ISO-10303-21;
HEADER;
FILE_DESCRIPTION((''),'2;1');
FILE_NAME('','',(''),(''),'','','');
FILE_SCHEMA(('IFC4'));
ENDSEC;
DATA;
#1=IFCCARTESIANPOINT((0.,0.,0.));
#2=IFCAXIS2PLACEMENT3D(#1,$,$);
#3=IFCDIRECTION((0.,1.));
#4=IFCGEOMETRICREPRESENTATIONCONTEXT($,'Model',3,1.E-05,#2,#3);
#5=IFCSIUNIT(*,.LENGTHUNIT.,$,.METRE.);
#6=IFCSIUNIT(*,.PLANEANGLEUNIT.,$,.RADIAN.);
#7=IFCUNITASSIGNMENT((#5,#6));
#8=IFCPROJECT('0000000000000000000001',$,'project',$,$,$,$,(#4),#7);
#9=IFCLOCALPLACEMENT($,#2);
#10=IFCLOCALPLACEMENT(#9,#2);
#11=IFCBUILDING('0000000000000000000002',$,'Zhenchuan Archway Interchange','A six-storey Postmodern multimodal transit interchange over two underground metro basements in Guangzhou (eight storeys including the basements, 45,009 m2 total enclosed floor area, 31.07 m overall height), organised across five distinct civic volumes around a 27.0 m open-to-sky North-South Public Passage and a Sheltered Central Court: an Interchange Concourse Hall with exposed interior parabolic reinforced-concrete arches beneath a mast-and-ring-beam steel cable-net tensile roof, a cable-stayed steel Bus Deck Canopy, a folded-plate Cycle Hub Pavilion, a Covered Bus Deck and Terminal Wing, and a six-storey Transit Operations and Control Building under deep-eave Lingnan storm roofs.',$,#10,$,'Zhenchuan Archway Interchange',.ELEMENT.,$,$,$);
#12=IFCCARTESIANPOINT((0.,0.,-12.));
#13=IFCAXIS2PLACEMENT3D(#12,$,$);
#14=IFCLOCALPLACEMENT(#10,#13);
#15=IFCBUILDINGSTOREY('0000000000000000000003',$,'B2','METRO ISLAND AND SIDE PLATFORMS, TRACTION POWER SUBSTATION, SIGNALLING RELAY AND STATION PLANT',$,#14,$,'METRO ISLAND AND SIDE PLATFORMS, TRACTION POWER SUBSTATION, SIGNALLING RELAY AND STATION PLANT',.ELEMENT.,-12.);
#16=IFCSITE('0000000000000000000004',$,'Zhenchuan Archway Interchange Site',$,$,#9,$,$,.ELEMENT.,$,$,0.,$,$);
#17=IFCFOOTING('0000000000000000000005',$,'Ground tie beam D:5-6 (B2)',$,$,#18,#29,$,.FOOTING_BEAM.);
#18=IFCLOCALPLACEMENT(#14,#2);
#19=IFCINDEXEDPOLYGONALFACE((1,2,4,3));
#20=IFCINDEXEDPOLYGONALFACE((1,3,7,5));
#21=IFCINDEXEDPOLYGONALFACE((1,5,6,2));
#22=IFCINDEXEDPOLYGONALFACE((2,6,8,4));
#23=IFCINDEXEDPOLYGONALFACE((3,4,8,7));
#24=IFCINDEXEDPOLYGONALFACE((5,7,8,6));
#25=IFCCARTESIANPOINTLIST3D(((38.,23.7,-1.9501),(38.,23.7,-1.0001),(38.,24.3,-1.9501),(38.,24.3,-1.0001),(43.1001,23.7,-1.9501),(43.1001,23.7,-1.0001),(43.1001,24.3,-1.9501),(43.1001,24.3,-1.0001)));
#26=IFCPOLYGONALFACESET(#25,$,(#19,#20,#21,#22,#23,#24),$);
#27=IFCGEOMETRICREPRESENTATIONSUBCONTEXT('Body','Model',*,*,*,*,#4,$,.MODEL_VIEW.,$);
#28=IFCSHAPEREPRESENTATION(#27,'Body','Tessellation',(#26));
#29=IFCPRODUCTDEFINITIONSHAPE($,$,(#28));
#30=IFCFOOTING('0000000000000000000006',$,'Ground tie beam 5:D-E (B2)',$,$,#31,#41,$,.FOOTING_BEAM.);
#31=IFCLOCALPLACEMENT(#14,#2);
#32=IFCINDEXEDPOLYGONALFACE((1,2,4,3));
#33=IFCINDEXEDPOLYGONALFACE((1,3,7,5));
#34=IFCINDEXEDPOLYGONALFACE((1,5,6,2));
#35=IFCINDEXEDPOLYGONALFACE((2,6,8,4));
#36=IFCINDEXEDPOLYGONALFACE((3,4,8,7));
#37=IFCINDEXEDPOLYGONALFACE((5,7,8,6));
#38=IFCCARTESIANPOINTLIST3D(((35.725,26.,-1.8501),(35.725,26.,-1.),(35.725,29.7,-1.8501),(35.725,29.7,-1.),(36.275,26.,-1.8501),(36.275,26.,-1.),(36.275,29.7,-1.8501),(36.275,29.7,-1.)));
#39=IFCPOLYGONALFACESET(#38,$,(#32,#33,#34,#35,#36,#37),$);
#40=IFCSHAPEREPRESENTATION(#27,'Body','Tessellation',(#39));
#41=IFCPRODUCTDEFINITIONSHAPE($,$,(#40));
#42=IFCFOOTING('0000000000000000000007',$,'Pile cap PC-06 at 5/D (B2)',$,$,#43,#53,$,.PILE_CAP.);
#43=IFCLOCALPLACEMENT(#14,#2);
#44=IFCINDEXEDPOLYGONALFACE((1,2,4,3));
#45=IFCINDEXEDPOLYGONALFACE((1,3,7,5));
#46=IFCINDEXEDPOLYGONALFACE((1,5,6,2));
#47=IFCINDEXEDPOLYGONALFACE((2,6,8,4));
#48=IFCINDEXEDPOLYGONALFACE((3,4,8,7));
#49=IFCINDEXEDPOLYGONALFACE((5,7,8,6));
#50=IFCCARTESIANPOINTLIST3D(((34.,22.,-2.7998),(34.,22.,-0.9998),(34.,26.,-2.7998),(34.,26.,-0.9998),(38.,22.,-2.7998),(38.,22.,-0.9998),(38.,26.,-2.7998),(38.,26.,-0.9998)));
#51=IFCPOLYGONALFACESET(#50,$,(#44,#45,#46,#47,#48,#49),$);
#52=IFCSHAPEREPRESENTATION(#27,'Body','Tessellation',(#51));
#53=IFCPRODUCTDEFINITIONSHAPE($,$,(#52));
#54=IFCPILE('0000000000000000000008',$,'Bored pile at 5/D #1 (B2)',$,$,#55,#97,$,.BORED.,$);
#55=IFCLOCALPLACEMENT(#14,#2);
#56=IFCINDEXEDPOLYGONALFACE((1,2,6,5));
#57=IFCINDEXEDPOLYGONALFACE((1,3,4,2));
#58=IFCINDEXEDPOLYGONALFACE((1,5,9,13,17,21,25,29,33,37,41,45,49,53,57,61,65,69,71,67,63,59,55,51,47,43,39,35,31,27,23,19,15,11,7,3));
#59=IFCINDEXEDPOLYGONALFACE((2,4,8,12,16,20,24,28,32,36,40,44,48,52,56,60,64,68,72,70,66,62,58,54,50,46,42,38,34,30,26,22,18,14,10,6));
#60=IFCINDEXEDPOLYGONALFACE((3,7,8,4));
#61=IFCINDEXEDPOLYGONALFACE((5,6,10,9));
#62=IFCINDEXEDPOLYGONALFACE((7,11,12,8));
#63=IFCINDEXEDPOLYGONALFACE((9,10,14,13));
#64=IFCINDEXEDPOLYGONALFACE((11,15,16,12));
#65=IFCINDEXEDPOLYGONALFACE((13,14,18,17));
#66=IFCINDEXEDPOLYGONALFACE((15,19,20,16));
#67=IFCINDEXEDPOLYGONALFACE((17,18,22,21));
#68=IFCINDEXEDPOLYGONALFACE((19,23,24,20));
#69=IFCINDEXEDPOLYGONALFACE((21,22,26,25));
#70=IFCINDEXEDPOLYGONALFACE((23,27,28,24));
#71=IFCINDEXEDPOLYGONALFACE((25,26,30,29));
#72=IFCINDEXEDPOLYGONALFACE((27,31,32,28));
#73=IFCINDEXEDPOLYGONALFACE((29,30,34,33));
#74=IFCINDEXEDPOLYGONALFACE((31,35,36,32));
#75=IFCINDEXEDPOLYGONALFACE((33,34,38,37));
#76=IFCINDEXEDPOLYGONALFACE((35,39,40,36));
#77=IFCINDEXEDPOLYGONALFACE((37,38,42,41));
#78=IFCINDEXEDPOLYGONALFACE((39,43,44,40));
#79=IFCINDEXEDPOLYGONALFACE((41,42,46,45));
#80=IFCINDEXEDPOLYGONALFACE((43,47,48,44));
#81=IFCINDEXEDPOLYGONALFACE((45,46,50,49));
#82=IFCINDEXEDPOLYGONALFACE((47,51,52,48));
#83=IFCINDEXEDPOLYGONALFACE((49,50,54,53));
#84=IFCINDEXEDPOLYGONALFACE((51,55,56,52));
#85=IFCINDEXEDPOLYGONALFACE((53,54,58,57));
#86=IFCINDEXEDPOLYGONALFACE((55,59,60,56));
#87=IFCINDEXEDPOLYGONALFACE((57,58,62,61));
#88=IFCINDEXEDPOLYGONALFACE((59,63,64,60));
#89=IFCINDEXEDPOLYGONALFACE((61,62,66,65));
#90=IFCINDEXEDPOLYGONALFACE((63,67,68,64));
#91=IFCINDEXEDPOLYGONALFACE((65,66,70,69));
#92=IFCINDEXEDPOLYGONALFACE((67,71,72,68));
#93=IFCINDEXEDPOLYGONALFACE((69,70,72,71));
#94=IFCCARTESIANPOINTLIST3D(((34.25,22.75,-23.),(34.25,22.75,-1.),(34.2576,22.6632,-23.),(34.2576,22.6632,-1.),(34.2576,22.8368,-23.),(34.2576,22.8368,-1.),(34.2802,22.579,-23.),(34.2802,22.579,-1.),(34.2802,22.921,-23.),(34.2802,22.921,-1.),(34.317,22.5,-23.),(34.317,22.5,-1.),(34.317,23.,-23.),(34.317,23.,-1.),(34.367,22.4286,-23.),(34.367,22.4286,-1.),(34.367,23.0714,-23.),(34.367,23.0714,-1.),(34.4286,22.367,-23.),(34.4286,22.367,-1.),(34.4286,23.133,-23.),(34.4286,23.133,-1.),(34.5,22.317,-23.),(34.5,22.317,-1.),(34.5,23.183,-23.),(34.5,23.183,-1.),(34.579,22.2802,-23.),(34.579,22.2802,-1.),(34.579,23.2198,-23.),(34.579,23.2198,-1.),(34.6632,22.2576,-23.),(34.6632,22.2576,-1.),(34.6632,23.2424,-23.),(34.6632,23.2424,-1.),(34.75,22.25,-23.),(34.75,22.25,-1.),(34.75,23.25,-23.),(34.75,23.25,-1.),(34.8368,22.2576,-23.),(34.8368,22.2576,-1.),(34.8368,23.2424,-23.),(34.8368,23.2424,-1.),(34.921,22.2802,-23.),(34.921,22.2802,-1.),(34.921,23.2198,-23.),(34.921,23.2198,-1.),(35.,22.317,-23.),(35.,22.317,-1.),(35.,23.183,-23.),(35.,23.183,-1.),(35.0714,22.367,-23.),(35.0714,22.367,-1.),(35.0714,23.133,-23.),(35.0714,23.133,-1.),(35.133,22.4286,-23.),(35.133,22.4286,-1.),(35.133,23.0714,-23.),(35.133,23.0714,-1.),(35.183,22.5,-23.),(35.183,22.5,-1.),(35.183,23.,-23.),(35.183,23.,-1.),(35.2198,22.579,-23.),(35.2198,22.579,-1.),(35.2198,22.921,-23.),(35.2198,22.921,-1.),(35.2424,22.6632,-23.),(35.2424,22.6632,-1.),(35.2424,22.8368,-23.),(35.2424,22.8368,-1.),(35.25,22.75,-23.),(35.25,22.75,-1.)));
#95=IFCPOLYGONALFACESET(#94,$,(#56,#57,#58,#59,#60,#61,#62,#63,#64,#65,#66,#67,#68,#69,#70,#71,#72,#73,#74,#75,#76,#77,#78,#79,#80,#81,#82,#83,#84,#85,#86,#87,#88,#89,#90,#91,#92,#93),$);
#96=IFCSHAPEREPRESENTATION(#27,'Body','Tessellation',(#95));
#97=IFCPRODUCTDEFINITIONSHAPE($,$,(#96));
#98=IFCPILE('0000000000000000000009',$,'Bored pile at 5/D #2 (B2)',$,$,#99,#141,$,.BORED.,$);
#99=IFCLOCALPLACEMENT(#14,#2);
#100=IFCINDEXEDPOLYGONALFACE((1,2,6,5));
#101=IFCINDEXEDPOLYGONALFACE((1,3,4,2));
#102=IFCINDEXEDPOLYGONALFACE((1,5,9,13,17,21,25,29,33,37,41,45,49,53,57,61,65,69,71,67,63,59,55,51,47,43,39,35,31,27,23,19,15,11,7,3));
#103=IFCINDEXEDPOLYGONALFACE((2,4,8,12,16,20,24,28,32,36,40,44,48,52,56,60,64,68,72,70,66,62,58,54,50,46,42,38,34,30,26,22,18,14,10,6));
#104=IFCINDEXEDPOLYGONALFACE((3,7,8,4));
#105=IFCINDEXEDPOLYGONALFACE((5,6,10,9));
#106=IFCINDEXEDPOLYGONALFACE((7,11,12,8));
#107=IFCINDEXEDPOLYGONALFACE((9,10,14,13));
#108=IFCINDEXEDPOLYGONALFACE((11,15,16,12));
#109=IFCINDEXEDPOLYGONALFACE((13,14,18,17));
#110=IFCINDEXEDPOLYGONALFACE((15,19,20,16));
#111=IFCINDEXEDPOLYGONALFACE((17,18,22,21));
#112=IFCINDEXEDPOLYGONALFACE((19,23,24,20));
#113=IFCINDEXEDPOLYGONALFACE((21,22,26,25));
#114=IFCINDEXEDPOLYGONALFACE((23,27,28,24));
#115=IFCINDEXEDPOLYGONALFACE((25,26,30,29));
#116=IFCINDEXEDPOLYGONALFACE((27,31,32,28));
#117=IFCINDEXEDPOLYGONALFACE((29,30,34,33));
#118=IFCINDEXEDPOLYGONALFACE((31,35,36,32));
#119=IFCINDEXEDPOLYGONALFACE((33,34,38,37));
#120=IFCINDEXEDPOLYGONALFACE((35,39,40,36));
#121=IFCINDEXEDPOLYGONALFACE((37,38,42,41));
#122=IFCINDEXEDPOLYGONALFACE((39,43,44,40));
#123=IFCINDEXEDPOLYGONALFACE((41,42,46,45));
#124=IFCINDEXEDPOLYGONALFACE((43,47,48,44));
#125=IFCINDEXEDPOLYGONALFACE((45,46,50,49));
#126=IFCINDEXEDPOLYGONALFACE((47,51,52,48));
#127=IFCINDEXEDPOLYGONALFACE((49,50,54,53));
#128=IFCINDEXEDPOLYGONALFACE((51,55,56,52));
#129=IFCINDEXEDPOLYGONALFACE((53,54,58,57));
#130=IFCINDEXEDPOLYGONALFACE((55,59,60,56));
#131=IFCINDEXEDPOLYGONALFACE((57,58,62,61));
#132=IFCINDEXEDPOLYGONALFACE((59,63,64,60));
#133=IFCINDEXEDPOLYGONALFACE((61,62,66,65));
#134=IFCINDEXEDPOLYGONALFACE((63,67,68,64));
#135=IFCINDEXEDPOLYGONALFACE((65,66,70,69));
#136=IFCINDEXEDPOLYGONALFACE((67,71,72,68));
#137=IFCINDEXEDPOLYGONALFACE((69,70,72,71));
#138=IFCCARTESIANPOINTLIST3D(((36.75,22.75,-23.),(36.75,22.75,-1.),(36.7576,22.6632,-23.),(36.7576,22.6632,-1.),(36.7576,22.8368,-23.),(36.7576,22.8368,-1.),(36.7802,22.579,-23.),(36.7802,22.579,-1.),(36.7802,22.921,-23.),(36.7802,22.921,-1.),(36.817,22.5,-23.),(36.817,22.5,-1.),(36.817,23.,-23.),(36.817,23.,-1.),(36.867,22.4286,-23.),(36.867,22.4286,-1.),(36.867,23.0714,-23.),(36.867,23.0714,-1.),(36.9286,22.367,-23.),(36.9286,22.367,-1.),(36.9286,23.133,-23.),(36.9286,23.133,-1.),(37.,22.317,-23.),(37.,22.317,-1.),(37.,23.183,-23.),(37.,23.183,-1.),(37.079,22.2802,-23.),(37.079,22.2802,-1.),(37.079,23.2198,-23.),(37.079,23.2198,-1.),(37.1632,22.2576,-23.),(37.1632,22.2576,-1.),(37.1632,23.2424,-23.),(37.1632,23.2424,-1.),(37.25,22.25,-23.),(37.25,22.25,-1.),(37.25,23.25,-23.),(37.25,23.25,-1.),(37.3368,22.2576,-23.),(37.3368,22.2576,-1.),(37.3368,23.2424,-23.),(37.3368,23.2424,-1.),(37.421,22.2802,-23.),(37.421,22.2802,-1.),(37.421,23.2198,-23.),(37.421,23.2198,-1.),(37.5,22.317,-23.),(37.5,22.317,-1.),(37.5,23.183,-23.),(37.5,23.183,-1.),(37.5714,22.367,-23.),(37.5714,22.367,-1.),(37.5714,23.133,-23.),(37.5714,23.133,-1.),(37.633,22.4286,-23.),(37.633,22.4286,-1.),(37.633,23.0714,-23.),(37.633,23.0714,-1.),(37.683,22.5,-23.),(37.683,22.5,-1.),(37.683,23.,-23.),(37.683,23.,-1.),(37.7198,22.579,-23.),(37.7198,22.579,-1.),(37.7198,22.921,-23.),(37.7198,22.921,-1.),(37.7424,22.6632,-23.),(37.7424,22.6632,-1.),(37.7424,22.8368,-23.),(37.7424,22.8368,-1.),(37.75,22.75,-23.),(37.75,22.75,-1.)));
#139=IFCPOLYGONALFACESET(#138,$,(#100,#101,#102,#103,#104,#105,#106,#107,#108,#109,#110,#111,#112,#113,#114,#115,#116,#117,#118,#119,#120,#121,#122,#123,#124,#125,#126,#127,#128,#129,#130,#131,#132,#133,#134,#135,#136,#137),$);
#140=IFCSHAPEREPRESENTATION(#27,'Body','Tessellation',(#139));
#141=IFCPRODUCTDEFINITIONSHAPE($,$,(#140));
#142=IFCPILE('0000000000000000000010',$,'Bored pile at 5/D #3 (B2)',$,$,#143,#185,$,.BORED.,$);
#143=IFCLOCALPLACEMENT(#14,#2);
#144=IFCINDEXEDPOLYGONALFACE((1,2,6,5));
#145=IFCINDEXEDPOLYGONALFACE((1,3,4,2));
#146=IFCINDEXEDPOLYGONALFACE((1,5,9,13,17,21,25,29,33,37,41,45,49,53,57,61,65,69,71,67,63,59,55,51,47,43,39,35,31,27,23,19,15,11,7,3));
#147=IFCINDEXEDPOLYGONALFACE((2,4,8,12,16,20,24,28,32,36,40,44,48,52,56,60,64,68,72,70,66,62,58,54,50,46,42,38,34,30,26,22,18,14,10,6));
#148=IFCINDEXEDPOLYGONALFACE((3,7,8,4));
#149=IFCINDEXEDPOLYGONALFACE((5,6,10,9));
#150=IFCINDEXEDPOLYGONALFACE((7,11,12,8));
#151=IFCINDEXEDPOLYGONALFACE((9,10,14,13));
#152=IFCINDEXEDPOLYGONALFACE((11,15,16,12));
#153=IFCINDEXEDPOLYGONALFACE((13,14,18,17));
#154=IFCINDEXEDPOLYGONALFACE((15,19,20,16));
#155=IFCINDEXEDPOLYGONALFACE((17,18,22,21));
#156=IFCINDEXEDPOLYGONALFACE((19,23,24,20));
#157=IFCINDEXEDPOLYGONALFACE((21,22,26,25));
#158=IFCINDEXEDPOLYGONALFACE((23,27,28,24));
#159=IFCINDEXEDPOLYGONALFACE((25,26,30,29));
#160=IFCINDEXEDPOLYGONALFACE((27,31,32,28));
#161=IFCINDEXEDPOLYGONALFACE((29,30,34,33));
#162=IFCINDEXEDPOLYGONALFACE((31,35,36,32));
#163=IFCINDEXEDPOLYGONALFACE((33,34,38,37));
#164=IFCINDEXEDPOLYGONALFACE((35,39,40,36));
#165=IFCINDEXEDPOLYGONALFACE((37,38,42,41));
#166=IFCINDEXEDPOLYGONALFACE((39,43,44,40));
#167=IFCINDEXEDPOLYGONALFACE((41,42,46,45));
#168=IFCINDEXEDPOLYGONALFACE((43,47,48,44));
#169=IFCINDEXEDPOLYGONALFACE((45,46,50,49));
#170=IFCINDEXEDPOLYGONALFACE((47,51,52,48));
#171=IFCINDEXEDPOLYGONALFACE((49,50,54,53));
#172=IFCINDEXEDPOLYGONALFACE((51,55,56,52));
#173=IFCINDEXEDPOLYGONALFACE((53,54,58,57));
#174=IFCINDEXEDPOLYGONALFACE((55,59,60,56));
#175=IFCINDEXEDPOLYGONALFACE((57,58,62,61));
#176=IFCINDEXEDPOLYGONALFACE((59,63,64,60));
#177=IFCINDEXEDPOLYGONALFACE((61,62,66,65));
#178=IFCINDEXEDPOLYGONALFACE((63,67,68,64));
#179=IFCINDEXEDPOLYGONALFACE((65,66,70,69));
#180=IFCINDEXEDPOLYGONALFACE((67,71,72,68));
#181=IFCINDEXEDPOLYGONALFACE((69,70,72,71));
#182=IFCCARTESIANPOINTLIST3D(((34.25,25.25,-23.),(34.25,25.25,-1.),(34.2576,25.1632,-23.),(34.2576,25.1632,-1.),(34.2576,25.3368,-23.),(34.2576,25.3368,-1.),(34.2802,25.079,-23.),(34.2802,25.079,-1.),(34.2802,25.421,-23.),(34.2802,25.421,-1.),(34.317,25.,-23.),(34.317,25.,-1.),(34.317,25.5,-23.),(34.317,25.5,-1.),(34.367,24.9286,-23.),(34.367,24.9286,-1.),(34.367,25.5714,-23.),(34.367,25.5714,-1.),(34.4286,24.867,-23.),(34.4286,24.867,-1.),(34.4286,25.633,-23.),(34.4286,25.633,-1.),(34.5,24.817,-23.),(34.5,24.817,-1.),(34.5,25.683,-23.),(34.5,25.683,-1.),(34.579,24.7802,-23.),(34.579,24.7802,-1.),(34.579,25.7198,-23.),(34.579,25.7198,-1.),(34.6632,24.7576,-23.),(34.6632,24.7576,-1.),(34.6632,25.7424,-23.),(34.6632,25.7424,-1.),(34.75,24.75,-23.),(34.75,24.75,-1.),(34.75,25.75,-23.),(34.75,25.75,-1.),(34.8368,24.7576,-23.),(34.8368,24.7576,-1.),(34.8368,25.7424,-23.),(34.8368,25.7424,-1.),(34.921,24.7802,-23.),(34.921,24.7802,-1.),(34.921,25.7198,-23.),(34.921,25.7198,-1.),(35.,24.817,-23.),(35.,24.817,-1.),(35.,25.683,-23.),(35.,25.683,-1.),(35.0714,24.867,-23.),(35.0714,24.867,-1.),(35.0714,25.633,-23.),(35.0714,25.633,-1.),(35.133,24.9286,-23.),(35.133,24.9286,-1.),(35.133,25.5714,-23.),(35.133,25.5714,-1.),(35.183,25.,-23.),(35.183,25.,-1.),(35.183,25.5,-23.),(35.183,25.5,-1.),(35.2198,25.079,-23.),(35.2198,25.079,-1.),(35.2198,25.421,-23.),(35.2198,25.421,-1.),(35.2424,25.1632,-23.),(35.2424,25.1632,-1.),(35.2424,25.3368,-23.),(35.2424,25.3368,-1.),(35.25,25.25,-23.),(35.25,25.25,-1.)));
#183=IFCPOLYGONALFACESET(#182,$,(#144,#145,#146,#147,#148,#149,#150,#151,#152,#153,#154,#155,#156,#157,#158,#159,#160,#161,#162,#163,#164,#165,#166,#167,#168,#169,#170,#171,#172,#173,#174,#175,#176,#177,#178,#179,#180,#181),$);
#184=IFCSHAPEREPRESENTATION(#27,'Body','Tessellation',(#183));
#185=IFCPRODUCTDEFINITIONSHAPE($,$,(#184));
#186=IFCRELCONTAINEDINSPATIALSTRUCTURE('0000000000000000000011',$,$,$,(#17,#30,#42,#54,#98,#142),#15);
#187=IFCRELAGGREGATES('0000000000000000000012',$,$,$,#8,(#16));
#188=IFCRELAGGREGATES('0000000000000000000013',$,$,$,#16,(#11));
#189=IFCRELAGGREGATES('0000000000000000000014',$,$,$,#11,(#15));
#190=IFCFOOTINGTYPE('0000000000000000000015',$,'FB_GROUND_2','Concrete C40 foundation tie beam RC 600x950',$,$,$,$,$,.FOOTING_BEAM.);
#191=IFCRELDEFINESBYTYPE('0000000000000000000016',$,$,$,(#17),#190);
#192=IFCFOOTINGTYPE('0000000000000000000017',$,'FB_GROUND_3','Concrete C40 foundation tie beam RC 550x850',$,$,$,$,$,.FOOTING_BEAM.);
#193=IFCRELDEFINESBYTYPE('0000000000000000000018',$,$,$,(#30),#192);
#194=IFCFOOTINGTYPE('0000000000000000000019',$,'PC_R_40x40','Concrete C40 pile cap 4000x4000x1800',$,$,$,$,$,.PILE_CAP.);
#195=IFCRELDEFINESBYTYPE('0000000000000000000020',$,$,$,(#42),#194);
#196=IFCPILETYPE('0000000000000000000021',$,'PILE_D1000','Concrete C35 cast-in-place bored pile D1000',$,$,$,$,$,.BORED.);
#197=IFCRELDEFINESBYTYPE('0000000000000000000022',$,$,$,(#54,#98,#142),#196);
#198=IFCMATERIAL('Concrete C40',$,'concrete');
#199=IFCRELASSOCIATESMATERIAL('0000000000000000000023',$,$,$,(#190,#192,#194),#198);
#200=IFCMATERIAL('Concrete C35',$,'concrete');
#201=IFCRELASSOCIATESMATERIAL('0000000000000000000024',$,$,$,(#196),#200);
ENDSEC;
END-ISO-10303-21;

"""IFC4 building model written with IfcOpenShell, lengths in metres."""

from ifc_helpers import new_model, si_unit, direction, frame, origin, origin_2d, place, context, subcontext, project, spatial, rectangle, circle, extrude, material, material_profile, profile_set, type_object, element, save


model = new_model("IFC4")

# Units and contexts
model_context = context("Model", 3, precision=1e-05, world=origin(), true_north=direction((0.0, 1.0)))
body_context = subcontext(model_context, "Body", "Model", "MODEL_VIEW")
ifc_project = project(units=[si_unit("LENGTHUNIT", "METRE"), si_unit("PLANEANGLEUNIT", "RADIAN")], contexts=[model_context])

# Site, building, storey
site_placement = place(None, origin())
site = spatial("IfcSite", under=ifc_project, at=site_placement, Name="Zhenchuan Archway Interchange Site", CompositionType="ELEMENT", RefElevation=0.0)
building_placement = place(site_placement, origin())
building = spatial("IfcBuilding", under=site, at=building_placement, Name="Zhenchuan Archway Interchange", Description="A six-storey Postmodern multimodal transit interchange over two underground metro basements in Guangzhou (eight storeys including the basements, 45,009 m2 total enclosed floor area, 31.07 m overall height), organised across five distinct civic volumes around a 27.0 m open-to-sky North-South Public Passage and a Sheltered Central Court: an Interchange Concourse Hall with exposed interior parabolic reinforced-concrete arches beneath a mast-and-ring-beam steel cable-net tensile roof, a cable-stayed steel Bus Deck Canopy, a folded-plate Cycle Hub Pavilion, a Covered Bus Deck and Terminal Wing, and a six-storey Transit Operations and Control Building under deep-eave Lingnan storm roofs.", LongName="Zhenchuan Archway Interchange", CompositionType="ELEMENT")
storey_placement = place(building_placement, frame((0.0, 0.0, -12.0)))
storey = spatial("IfcBuildingStorey", under=building, at=storey_placement, Name="B2", Description="METRO ISLAND AND SIDE PLATFORMS, TRACTION POWER SUBSTATION, SIGNALLING RELAY AND STATION PLANT", LongName="METRO ISLAND AND SIDE PLATFORMS, TRACTION POWER SUBSTATION, SIGNALLING RELAY AND STATION PLANT", CompositionType="ELEMENT", Elevation=-12.0)

# Footings
ifc_material_1 = material(Name="Concrete C40", Category="concrete")
ifc_material_profile_1 = material_profile(ifc_material_1, rectangle(XDim=0.6001, YDim=0.95, at=origin_2d()), Name="RC 600x950")
ifc_profile_set_1 = profile_set([ifc_material_profile_1], Name="Concrete C40")
footing_type_1 = type_object("IfcFootingType", Name="FB_GROUND_2", Description="Concrete C40 foundation tie beam RC 600x950", PredefinedType="FOOTING_BEAM", material=ifc_profile_set_1)
footing_1_placement = place(storey_placement, frame((38.0, 24.0, -1.4751), z_axis=(1.0, 0.0, 0.0), x_axis=(0.0, 1.0, 0.0)))
element("IfcFooting", 1, at=footing_1_placement, inside=storey, type_object=footing_type_1, Name="Ground tie beam D:5-6 (B2)", PredefinedType="FOOTING_BEAM", context=body_context, shape_type="SweptSolid", body=[
    extrude(rectangle(XDim=0.6001, YDim=0.95, at=origin_2d()), origin(), (0.0, 0.0, 1.0), 5.1001),
])
ifc_material_profile_2 = material_profile(ifc_material_1, rectangle(XDim=0.55, YDim=0.8501, at=origin_2d()), Name="RC 550x850")
ifc_profile_set_2 = profile_set([ifc_material_profile_2], Name="Concrete C40")
footing_type_2 = type_object("IfcFootingType", Name="FB_GROUND_3", Description="Concrete C40 foundation tie beam RC 550x850", PredefinedType="FOOTING_BEAM", material=ifc_profile_set_2)
footing_2_placement = place(storey_placement, frame((36.0, 26.0, -1.425), z_axis=(0.0, 1.0, 0.0), x_axis=(-1.0, 0.0, 0.0)))
element("IfcFooting", 2, at=footing_2_placement, inside=storey, type_object=footing_type_2, Name="Ground tie beam 5:D-E (B2)", PredefinedType="FOOTING_BEAM", context=body_context, shape_type="SweptSolid", body=[
    extrude(rectangle(XDim=0.55, YDim=0.8501, at=origin_2d()), origin(), (0.0, 0.0, 1.0), 3.7),
])
footing_type_3 = type_object("IfcFootingType", Name="PC_R_40x40", Description="Concrete C40 pile cap 4000x4000x1800", PredefinedType="PILE_CAP", material=ifc_material_1)
footing_3_placement = place(storey_placement, frame((36.0, 24.0, -2.7998), z_axis=(0.0, 0.0, 1.0), x_axis=(1.0, 0.0, 0.0)))
element("IfcFooting", 3, at=footing_3_placement, inside=storey, type_object=footing_type_3, Name="Pile cap PC-06 at 5/D (B2)", PredefinedType="PILE_CAP", context=body_context, shape_type="SweptSolid", body=[
    extrude(rectangle(XDim=4.0, YDim=4.0, at=origin_2d()), origin(), (0.0, 0.0, 1.0), 1.8),
])

# Piles
ifc_material_2 = material(Name="Concrete C35", Category="concrete")
ifc_material_profile_3 = material_profile(ifc_material_2, circle(Radius=0.5, at=origin_2d()), Name="BORED PILE 1000")
ifc_profile_set_3 = profile_set([ifc_material_profile_3], Name="Concrete C35")
pile_type_1 = type_object("IfcPileType", Name="PILE_D1000", Description="Concrete C35 cast-in-place bored pile D1000", PredefinedType="BORED", material=ifc_profile_set_3)
for number, where, z_axis, x_axis, name in (
    (4, (34.75, 22.75, -1.0), (0.0, 0.0, -1.0), (1.0, 0.0, 0.0), "Bored pile at 5/D #1 (B2)"),
    (5, (37.25, 22.75, -1.0), (0.0, 0.0, -1.0), (1.0, 0.0, 0.0), "Bored pile at 5/D #2 (B2)"),
    (6, (34.75, 25.25, -1.0), (0.0, 0.0, -1.0), (1.0, 0.0, 0.0), "Bored pile at 5/D #3 (B2)"),
):
    element("IfcPile", number, at=place(storey_placement, frame(where, z_axis=z_axis, x_axis=x_axis)), inside=storey, type_object=pile_type_1, Name=name, PredefinedType="BORED", context=body_context, shape_type="SweptSolid", body=[
        extrude(circle(Radius=0.5, at=origin_2d()), origin(), (0.0, 0.0, 1.0), 22.0),
    ])

save(model, "model.ifc")
